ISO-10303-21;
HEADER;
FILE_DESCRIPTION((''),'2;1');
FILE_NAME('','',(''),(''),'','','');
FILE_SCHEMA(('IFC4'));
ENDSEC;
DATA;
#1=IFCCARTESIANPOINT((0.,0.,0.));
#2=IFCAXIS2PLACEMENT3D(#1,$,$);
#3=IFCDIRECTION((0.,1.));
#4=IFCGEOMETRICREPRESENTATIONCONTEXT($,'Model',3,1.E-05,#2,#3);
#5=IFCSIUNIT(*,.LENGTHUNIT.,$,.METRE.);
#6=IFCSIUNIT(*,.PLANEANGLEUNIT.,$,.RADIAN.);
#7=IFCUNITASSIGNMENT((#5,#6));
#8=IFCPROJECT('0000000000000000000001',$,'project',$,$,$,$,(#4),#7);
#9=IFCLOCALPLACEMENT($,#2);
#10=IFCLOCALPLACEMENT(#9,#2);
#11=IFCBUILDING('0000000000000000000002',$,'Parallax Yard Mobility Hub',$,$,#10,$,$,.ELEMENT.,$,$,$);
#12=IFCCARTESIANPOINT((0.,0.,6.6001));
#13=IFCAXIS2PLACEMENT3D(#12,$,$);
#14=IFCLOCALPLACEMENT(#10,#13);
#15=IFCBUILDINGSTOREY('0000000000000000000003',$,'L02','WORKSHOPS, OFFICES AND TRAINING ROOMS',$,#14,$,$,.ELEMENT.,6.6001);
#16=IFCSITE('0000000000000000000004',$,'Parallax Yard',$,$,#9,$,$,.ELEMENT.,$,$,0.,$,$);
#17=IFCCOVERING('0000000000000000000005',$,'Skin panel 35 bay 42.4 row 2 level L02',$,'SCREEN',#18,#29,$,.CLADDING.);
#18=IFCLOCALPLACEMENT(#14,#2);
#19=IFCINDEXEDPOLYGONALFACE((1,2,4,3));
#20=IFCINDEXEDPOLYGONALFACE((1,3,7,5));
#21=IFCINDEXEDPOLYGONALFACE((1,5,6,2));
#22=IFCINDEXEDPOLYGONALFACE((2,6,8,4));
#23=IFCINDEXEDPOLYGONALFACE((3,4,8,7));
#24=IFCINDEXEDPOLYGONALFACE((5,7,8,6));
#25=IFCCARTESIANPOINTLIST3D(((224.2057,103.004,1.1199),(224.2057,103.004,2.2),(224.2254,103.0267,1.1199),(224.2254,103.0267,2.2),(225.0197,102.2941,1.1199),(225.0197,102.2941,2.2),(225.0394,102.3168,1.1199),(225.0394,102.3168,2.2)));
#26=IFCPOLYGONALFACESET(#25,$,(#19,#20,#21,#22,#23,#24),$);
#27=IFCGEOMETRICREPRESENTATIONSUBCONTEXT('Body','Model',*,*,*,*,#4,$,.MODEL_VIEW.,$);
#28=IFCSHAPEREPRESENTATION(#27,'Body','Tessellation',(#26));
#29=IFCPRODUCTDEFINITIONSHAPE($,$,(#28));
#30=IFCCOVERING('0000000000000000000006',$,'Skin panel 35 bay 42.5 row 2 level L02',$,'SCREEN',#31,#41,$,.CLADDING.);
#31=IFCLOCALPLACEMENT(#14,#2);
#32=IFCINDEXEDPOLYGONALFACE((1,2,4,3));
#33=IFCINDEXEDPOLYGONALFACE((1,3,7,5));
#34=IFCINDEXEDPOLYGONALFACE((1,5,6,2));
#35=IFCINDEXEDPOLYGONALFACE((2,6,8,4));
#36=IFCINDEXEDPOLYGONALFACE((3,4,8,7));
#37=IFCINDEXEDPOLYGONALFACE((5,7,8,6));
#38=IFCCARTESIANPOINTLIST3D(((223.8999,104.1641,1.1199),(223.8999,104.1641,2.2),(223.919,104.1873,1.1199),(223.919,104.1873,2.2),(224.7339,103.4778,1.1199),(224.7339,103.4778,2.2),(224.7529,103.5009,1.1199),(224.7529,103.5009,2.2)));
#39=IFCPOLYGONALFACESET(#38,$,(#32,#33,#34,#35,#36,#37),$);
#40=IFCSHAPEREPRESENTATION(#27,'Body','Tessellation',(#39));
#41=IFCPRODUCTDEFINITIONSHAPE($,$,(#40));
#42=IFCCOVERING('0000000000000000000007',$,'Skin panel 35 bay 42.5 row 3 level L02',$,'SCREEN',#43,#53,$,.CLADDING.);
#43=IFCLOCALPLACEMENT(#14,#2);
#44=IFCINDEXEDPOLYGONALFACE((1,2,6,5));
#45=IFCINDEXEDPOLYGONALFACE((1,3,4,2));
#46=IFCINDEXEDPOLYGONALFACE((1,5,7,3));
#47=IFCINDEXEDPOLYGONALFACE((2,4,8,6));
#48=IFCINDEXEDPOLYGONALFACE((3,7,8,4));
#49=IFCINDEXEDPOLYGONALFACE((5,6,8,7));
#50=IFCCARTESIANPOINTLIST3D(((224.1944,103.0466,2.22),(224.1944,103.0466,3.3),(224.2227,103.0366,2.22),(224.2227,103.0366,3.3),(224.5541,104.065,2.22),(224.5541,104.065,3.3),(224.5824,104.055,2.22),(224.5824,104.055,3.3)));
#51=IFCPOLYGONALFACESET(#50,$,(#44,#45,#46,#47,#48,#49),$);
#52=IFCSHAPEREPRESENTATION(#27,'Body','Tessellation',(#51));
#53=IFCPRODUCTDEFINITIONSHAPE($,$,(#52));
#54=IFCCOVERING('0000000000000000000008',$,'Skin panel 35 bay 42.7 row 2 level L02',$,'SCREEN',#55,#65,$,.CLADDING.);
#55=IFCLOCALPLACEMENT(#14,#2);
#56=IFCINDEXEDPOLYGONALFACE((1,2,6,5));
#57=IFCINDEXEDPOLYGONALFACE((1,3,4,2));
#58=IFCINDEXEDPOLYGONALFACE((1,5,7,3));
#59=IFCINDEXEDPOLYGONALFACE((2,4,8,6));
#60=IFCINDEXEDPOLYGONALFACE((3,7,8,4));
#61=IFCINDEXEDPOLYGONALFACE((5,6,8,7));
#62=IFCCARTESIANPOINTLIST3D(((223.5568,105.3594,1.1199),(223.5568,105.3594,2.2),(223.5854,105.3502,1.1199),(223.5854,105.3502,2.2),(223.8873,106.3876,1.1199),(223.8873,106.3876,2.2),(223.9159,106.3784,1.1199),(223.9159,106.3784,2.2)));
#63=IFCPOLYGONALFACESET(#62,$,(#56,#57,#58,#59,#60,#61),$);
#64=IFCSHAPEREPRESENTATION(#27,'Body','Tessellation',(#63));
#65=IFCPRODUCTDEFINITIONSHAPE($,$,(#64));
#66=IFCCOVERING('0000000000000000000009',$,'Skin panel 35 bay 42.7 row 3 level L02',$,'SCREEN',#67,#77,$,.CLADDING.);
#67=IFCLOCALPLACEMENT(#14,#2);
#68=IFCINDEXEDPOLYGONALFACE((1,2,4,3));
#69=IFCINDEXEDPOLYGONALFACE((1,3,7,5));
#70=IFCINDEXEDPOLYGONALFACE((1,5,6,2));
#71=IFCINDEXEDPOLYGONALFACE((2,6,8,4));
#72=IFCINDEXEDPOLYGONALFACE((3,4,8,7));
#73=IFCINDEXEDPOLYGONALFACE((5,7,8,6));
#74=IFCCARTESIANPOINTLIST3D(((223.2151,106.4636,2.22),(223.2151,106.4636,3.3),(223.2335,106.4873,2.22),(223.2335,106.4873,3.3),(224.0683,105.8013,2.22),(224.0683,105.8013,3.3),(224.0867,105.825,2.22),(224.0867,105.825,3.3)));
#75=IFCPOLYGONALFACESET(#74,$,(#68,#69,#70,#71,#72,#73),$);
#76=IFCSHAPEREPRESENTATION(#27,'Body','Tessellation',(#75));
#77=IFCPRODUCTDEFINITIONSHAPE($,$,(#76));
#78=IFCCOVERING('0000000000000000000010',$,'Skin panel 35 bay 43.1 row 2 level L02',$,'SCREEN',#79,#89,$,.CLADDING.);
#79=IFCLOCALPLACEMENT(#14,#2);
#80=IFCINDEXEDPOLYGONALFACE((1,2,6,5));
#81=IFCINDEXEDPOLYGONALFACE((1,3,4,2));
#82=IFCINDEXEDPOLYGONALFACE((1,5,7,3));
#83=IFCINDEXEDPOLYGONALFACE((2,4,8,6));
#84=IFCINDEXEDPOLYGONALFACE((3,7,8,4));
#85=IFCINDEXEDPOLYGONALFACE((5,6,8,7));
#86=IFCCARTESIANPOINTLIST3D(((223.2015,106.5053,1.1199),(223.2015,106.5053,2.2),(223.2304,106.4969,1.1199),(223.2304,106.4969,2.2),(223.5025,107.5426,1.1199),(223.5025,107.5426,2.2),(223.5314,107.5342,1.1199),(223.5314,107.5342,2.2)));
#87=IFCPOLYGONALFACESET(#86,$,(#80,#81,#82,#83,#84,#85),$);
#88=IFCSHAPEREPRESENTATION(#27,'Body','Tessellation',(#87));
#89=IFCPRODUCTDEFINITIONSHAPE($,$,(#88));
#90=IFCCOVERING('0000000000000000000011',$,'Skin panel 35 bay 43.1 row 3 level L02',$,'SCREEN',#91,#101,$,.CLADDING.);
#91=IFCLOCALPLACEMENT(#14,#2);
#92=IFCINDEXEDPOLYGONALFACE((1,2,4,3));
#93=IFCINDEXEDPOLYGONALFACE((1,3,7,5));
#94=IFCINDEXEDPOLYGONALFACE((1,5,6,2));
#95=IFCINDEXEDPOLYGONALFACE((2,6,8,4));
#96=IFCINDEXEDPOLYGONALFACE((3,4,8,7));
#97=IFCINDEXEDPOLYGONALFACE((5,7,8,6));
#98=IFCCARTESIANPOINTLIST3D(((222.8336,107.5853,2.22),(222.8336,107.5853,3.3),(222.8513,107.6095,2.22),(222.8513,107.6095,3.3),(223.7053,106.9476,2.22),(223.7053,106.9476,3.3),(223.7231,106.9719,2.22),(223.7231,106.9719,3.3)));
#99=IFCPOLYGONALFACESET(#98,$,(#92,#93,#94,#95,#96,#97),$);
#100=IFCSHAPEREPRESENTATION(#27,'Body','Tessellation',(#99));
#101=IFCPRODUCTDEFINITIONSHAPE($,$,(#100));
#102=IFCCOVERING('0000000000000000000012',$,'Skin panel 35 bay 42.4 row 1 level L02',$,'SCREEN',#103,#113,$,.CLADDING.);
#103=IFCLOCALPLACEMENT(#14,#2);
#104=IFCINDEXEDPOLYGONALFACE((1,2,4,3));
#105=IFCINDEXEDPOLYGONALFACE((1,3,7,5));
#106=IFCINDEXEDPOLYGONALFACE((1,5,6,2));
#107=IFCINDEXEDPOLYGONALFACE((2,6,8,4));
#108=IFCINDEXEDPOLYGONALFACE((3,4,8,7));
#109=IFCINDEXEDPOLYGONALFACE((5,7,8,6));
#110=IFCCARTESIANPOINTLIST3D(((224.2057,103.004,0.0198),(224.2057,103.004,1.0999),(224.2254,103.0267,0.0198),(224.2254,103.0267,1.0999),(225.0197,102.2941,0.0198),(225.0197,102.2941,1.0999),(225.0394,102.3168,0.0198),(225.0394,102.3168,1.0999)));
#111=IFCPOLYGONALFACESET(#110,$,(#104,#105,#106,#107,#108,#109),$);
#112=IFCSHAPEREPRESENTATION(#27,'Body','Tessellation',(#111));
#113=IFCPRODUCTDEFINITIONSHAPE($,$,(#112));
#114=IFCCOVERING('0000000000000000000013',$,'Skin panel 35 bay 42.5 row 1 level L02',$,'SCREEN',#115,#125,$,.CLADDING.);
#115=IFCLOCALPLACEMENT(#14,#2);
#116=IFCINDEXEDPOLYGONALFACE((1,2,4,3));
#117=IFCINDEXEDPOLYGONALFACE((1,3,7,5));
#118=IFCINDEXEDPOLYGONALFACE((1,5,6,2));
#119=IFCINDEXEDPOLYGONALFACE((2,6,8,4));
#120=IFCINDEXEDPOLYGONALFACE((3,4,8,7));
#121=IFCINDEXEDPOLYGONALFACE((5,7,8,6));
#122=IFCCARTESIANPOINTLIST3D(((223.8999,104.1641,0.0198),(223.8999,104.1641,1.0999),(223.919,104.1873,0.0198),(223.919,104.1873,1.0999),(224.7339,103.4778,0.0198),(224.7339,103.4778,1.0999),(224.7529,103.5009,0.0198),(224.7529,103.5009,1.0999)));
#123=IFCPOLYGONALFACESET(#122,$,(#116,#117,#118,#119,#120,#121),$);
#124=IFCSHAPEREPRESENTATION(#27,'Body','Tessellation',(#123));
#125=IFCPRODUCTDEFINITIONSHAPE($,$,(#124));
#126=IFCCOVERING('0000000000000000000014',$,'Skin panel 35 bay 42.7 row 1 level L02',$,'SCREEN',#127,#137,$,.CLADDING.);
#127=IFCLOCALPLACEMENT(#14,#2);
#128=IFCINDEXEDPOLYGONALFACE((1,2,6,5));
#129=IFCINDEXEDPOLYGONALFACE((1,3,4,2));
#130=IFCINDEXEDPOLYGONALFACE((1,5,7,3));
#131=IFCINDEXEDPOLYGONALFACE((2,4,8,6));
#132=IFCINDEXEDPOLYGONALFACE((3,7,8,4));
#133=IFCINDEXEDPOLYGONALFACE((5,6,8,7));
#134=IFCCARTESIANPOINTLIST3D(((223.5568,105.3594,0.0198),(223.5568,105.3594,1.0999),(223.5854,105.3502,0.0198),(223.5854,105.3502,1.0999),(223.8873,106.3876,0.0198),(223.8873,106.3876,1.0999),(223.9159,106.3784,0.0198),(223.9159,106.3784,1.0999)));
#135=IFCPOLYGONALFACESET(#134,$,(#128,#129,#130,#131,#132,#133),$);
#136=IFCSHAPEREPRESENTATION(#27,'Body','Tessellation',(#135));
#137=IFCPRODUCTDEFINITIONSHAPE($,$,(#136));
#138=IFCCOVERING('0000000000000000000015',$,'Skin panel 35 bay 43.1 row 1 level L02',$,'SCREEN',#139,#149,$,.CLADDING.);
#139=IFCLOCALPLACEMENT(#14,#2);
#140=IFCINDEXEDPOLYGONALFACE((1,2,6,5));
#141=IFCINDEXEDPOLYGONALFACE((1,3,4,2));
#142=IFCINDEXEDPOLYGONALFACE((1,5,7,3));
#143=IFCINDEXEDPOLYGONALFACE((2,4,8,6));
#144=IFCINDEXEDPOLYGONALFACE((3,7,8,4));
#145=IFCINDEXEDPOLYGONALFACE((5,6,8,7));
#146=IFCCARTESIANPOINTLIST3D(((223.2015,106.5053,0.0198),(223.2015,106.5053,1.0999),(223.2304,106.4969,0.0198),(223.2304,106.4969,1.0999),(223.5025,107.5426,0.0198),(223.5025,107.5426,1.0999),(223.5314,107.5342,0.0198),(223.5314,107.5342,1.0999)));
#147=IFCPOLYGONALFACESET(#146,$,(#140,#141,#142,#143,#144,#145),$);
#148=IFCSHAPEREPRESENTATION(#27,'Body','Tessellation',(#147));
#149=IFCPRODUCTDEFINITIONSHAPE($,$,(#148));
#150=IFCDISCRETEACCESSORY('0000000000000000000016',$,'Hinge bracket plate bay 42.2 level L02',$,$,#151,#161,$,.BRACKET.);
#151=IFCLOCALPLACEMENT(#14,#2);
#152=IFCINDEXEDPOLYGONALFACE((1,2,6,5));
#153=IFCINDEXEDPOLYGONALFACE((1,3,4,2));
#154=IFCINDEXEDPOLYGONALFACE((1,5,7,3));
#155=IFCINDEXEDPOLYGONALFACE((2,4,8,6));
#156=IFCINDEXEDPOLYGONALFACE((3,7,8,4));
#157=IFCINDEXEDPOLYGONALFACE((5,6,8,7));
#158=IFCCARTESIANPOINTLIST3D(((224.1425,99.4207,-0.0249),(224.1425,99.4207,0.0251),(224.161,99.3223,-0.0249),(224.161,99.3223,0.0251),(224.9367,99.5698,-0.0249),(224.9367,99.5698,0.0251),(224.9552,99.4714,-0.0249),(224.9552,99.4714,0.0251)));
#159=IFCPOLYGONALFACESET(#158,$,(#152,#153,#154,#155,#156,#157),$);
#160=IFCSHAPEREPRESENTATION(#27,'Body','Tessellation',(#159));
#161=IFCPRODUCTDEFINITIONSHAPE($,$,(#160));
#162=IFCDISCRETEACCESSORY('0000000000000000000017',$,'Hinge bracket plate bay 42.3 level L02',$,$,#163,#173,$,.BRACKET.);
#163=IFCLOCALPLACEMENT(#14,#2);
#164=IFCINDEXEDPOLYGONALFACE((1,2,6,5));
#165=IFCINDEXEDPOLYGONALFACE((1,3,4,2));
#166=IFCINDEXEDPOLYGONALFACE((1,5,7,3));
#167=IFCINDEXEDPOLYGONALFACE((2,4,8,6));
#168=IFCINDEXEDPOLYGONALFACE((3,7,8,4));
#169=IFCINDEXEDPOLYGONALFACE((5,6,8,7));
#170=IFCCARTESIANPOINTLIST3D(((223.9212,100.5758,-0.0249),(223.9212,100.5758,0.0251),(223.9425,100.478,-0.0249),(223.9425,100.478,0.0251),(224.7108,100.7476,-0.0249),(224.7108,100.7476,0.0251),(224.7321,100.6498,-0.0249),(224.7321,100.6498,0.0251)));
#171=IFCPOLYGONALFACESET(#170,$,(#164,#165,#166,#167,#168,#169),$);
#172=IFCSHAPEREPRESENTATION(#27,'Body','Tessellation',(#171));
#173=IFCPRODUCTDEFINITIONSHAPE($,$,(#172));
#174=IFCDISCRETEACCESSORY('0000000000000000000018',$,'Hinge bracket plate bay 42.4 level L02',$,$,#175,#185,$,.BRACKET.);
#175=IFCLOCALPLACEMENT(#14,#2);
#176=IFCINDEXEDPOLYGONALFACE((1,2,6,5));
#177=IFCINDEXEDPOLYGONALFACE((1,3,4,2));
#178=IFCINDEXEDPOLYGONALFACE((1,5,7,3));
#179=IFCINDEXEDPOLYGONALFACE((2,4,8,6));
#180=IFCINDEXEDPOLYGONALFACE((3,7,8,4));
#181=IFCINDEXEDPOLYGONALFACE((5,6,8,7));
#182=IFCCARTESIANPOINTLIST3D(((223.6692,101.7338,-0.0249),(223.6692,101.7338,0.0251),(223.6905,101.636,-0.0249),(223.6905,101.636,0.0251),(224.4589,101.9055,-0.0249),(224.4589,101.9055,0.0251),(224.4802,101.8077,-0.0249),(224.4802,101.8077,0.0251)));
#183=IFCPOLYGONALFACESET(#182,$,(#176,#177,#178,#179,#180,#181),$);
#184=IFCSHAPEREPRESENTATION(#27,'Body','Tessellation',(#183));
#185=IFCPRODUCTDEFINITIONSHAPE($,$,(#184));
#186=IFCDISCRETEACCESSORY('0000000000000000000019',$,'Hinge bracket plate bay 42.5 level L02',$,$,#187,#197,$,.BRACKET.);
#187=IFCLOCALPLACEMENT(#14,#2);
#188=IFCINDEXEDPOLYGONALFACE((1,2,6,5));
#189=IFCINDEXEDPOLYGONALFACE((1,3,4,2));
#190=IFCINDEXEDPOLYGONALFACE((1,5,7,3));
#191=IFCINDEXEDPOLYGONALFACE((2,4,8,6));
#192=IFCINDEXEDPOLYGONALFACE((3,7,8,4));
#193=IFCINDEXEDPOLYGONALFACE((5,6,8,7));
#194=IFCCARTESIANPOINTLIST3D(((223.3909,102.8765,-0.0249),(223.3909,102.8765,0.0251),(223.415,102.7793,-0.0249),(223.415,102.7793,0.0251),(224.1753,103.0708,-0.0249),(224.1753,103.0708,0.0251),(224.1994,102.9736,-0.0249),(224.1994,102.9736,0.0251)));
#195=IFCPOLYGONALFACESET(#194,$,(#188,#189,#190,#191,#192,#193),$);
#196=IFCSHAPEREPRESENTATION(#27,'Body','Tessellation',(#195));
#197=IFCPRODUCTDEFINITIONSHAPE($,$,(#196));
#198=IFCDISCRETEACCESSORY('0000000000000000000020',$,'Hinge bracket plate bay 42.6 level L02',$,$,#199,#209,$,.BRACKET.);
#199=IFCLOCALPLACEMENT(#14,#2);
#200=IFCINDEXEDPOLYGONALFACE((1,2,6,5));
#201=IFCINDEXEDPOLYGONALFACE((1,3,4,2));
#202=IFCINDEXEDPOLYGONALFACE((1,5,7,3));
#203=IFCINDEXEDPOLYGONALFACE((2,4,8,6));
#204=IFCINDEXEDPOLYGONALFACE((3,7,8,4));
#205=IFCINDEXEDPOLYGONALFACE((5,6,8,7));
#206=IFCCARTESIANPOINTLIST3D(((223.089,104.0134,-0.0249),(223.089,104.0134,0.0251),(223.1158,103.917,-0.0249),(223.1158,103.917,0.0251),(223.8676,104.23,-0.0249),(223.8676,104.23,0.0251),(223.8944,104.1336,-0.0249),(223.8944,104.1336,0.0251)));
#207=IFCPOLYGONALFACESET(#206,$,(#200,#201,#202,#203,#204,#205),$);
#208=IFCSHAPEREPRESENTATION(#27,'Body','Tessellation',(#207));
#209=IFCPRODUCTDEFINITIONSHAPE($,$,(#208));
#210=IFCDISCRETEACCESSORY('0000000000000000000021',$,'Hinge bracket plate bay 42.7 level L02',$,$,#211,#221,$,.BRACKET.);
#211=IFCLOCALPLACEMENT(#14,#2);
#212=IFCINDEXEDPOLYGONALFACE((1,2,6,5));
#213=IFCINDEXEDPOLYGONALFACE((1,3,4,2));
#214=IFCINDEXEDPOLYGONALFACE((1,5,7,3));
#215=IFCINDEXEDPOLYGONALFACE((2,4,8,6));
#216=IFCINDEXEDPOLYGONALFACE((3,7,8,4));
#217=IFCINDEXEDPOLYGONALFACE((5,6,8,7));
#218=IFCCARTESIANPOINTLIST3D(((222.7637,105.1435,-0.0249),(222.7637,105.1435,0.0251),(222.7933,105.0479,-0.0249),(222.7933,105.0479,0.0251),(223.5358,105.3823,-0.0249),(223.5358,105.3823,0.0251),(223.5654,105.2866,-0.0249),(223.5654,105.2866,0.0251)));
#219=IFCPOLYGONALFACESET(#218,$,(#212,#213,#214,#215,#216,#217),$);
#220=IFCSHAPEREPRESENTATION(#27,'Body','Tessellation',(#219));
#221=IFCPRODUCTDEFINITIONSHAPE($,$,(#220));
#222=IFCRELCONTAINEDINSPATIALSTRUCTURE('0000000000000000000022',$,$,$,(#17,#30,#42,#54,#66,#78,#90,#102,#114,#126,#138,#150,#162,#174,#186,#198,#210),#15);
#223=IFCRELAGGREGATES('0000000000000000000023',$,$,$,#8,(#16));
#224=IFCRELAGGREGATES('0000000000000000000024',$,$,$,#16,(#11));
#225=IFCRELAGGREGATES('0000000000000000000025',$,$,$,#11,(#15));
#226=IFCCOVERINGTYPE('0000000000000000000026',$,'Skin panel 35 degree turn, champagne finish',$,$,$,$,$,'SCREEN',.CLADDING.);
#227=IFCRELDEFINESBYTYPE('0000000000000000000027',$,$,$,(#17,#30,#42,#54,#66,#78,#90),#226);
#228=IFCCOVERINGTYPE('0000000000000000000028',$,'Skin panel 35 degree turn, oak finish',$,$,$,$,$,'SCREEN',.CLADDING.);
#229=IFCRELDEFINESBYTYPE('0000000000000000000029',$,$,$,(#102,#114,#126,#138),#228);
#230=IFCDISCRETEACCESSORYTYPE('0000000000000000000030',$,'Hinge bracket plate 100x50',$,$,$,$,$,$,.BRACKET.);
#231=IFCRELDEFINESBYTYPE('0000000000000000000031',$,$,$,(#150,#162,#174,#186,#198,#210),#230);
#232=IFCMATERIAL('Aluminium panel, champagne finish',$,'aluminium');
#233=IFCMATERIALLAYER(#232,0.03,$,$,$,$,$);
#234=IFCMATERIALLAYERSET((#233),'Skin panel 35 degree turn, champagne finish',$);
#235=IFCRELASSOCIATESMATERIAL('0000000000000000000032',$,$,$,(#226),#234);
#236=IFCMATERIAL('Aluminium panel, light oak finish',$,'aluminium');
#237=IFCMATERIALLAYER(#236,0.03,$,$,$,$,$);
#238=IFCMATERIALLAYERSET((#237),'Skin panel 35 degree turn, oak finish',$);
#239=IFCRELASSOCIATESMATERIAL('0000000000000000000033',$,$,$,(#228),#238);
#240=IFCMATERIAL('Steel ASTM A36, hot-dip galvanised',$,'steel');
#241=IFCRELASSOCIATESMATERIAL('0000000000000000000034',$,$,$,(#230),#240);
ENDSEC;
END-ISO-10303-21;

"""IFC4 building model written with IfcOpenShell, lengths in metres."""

from ifc_helpers import new_model, si_unit, direction, frame, origin, origin_2d, place, context, subcontext, project, spatial, rectangle, extrude, material, layer, layer_set, type_object, element, save


model = new_model("IFC4")

# Units and contexts
model_context = context("Model", 3, precision=1e-05, world=origin(), true_north=direction((0.0, 1.0)))
body_context = subcontext(model_context, "Body", "Model", "MODEL_VIEW")
ifc_project = project(units=[si_unit("LENGTHUNIT", "METRE"), si_unit("PLANEANGLEUNIT", "RADIAN")], contexts=[model_context])

# Site, building, storey
site_placement = place(None, origin())
site = spatial("IfcSite", under=ifc_project, at=site_placement, Name="Parallax Yard", CompositionType="ELEMENT", RefElevation=0.0)
building_placement = place(site_placement, origin())
building = spatial("IfcBuilding", under=site, at=building_placement, Name="Parallax Yard Mobility Hub", CompositionType="ELEMENT")
storey_placement = place(building_placement, frame((0.0, 0.0, 6.6001)))
storey = spatial("IfcBuildingStorey", under=building, at=storey_placement, Name="L02", Description="WORKSHOPS, OFFICES AND TRAINING ROOMS", CompositionType="ELEMENT", Elevation=6.6001)

# Coverings
ifc_material_1 = material(Name="Aluminium panel, champagne finish", Category="aluminium")
ifc_material_2 = material(Name="Aluminium panel, light oak finish", Category="aluminium")
ifc_layer_1 = layer(ifc_material_1, 0.03)
ifc_layer_set_1 = layer_set([ifc_layer_1], Name="Skin panel 35 degree turn, champagne finish")
covering_type_1 = type_object("IfcCoveringType", Name="Skin panel 35 degree turn, champagne finish", ElementType="SCREEN", PredefinedType="CLADDING", material=ifc_layer_set_1)
for number, where, z_axis, x_axis, name in (
    (1, (224.6226, 102.6604, 1.1199), (0.0, 0.0, 1.0), (0.753668, -0.657256, 0.0), "Skin panel 35 bay 42.4 row 2 level L02"),
    (2, (224.3264, 103.8325, 1.1199), (0.0, 0.0, 1.0), (0.772129, -0.635465, 0.0), "Skin panel 35 bay 42.5 row 2 level L02"),
    (3, (224.3884, 103.5508, 2.22), (0.0, 0.0, 1.0), (0.333058, 0.942906, 0.0), "Skin panel 35 bay 42.5 row 3 level L02"),
    (4, (223.7363, 105.8689, 1.1199), (0.0, 0.0, 1.0), (0.305998, 0.952032, 0.0), "Skin panel 35 bay 42.7 row 2 level L02"),
    (5, (223.6509, 106.1443, 2.22), (0.0, 0.0, 1.0), (0.78996, -0.613158, 0.0), "Skin panel 35 bay 42.7 row 3 level L02"),
    (6, (223.3665, 107.0198, 1.1199), (0.0, 0.0, 1.0), (0.278686, 0.960382, 0.0), "Skin panel 35 bay 43.1 row 2 level L02"),
    (7, (223.2783, 107.2786, 2.22), (0.0, 0.0, 1.0), (0.807148, -0.590349, 0.0), "Skin panel 35 bay 43.1 row 3 level L02"),
):
    element("IfcCovering", number, at=place(storey_placement, frame(where, z_axis=z_axis, x_axis=x_axis)), inside=storey, type_object=covering_type_1, Name=name, ObjectType="SCREEN", PredefinedType="CLADDING", context=body_context, shape_type="SweptSolid", body=[
        extrude(rectangle(XDim=1.0801, YDim=0.03, at=origin_2d()), origin(), (0.0, 0.0, 1.0), 1.0801),
    ])
ifc_layer_2 = layer(ifc_material_2, 0.03)
ifc_layer_set_2 = layer_set([ifc_layer_2], Name="Skin panel 35 degree turn, oak finish")
covering_type_2 = type_object("IfcCoveringType", Name="Skin panel 35 degree turn, oak finish", ElementType="SCREEN", PredefinedType="CLADDING", material=ifc_layer_set_2)
for number, where, z_axis, x_axis, name in (
    (8, (224.6226, 102.6604, 0.0198), (0.0, 0.0, 1.0), (0.753668, -0.657256, 0.0), "Skin panel 35 bay 42.4 row 1 level L02"),
    (9, (224.3264, 103.8325, 0.0198), (0.0, 0.0, 1.0), (0.772129, -0.635465, 0.0), "Skin panel 35 bay 42.5 row 1 level L02"),
    (10, (223.7363, 105.8689, 0.0198), (0.0, 0.0, 1.0), (0.305998, 0.952032, 0.0), "Skin panel 35 bay 42.7 row 1 level L02"),
    (11, (223.3665, 107.0198, 0.0198), (0.0, 0.0, 1.0), (0.278686, 0.960382, 0.0), "Skin panel 35 bay 43.1 row 1 level L02"),
):
    element("IfcCovering", number, at=place(storey_placement, frame(where, z_axis=z_axis, x_axis=x_axis)), inside=storey, type_object=covering_type_2, Name=name, ObjectType="SCREEN", PredefinedType="CLADDING", context=body_context, shape_type="SweptSolid", body=[
        extrude(rectangle(XDim=1.0801, YDim=0.03, at=origin_2d()), origin(), (0.0, 0.0, 1.0), 1.0801),
    ])

# Discrete accessories
ifc_material_3 = material(Name="Steel ASTM A36, hot-dip galvanised", Category="steel")
discrete_accessory_type_1 = type_object("IfcDiscreteAccessoryType", Name="Hinge bracket plate 100x50", PredefinedType="BRACKET", material=ifc_material_3)
for number, where, z_axis, x_axis, name in (
    (12, (224.5488, 99.446, -0.0249), (0.0, 0.0, 1.0), (0.982818, 0.184576, 0.0), "Hinge bracket plate bay 42.2 level L02"),
    (13, (224.3267, 100.6128, -0.0249), (0.0, 0.0, 1.0), (0.977147, 0.212565, 0.0), "Hinge bracket plate bay 42.3 level L02"),
    (14, (224.0747, 101.7708, -0.0249), (0.0, 0.0, 1.0), (0.977147, 0.212565, 0.0), "Hinge bracket plate bay 42.4 level L02"),
    (15, (223.7952, 102.925, -0.0249), (0.0, 0.0, 1.0), (0.970678, 0.240382, 0.0), "Hinge bracket plate bay 42.5 level L02"),
    (16, (223.4917, 104.0735, -0.0249), (0.0, 0.0, 1.0), (0.963418, 0.268004, 0.0), "Hinge bracket plate bay 42.6 level L02"),
    (17, (223.1646, 105.2151, -0.0249), (0.0, 0.0, 1.0), (0.955372, 0.295405, 0.0), "Hinge bracket plate bay 42.7 level L02"),
):
    element("IfcDiscreteAccessory", number, at=place(storey_placement, frame(where, z_axis=z_axis, x_axis=x_axis)), inside=storey, type_object=discrete_accessory_type_1, Name=name, PredefinedType="BRACKET", context=body_context, shape_type="SweptSolid", body=[
        extrude(rectangle(XDim=0.8081, YDim=0.1001, at=origin_2d()), origin(), (0.0, 0.0, 1.0), 0.05),
    ])

save(model, "model.ifc")
